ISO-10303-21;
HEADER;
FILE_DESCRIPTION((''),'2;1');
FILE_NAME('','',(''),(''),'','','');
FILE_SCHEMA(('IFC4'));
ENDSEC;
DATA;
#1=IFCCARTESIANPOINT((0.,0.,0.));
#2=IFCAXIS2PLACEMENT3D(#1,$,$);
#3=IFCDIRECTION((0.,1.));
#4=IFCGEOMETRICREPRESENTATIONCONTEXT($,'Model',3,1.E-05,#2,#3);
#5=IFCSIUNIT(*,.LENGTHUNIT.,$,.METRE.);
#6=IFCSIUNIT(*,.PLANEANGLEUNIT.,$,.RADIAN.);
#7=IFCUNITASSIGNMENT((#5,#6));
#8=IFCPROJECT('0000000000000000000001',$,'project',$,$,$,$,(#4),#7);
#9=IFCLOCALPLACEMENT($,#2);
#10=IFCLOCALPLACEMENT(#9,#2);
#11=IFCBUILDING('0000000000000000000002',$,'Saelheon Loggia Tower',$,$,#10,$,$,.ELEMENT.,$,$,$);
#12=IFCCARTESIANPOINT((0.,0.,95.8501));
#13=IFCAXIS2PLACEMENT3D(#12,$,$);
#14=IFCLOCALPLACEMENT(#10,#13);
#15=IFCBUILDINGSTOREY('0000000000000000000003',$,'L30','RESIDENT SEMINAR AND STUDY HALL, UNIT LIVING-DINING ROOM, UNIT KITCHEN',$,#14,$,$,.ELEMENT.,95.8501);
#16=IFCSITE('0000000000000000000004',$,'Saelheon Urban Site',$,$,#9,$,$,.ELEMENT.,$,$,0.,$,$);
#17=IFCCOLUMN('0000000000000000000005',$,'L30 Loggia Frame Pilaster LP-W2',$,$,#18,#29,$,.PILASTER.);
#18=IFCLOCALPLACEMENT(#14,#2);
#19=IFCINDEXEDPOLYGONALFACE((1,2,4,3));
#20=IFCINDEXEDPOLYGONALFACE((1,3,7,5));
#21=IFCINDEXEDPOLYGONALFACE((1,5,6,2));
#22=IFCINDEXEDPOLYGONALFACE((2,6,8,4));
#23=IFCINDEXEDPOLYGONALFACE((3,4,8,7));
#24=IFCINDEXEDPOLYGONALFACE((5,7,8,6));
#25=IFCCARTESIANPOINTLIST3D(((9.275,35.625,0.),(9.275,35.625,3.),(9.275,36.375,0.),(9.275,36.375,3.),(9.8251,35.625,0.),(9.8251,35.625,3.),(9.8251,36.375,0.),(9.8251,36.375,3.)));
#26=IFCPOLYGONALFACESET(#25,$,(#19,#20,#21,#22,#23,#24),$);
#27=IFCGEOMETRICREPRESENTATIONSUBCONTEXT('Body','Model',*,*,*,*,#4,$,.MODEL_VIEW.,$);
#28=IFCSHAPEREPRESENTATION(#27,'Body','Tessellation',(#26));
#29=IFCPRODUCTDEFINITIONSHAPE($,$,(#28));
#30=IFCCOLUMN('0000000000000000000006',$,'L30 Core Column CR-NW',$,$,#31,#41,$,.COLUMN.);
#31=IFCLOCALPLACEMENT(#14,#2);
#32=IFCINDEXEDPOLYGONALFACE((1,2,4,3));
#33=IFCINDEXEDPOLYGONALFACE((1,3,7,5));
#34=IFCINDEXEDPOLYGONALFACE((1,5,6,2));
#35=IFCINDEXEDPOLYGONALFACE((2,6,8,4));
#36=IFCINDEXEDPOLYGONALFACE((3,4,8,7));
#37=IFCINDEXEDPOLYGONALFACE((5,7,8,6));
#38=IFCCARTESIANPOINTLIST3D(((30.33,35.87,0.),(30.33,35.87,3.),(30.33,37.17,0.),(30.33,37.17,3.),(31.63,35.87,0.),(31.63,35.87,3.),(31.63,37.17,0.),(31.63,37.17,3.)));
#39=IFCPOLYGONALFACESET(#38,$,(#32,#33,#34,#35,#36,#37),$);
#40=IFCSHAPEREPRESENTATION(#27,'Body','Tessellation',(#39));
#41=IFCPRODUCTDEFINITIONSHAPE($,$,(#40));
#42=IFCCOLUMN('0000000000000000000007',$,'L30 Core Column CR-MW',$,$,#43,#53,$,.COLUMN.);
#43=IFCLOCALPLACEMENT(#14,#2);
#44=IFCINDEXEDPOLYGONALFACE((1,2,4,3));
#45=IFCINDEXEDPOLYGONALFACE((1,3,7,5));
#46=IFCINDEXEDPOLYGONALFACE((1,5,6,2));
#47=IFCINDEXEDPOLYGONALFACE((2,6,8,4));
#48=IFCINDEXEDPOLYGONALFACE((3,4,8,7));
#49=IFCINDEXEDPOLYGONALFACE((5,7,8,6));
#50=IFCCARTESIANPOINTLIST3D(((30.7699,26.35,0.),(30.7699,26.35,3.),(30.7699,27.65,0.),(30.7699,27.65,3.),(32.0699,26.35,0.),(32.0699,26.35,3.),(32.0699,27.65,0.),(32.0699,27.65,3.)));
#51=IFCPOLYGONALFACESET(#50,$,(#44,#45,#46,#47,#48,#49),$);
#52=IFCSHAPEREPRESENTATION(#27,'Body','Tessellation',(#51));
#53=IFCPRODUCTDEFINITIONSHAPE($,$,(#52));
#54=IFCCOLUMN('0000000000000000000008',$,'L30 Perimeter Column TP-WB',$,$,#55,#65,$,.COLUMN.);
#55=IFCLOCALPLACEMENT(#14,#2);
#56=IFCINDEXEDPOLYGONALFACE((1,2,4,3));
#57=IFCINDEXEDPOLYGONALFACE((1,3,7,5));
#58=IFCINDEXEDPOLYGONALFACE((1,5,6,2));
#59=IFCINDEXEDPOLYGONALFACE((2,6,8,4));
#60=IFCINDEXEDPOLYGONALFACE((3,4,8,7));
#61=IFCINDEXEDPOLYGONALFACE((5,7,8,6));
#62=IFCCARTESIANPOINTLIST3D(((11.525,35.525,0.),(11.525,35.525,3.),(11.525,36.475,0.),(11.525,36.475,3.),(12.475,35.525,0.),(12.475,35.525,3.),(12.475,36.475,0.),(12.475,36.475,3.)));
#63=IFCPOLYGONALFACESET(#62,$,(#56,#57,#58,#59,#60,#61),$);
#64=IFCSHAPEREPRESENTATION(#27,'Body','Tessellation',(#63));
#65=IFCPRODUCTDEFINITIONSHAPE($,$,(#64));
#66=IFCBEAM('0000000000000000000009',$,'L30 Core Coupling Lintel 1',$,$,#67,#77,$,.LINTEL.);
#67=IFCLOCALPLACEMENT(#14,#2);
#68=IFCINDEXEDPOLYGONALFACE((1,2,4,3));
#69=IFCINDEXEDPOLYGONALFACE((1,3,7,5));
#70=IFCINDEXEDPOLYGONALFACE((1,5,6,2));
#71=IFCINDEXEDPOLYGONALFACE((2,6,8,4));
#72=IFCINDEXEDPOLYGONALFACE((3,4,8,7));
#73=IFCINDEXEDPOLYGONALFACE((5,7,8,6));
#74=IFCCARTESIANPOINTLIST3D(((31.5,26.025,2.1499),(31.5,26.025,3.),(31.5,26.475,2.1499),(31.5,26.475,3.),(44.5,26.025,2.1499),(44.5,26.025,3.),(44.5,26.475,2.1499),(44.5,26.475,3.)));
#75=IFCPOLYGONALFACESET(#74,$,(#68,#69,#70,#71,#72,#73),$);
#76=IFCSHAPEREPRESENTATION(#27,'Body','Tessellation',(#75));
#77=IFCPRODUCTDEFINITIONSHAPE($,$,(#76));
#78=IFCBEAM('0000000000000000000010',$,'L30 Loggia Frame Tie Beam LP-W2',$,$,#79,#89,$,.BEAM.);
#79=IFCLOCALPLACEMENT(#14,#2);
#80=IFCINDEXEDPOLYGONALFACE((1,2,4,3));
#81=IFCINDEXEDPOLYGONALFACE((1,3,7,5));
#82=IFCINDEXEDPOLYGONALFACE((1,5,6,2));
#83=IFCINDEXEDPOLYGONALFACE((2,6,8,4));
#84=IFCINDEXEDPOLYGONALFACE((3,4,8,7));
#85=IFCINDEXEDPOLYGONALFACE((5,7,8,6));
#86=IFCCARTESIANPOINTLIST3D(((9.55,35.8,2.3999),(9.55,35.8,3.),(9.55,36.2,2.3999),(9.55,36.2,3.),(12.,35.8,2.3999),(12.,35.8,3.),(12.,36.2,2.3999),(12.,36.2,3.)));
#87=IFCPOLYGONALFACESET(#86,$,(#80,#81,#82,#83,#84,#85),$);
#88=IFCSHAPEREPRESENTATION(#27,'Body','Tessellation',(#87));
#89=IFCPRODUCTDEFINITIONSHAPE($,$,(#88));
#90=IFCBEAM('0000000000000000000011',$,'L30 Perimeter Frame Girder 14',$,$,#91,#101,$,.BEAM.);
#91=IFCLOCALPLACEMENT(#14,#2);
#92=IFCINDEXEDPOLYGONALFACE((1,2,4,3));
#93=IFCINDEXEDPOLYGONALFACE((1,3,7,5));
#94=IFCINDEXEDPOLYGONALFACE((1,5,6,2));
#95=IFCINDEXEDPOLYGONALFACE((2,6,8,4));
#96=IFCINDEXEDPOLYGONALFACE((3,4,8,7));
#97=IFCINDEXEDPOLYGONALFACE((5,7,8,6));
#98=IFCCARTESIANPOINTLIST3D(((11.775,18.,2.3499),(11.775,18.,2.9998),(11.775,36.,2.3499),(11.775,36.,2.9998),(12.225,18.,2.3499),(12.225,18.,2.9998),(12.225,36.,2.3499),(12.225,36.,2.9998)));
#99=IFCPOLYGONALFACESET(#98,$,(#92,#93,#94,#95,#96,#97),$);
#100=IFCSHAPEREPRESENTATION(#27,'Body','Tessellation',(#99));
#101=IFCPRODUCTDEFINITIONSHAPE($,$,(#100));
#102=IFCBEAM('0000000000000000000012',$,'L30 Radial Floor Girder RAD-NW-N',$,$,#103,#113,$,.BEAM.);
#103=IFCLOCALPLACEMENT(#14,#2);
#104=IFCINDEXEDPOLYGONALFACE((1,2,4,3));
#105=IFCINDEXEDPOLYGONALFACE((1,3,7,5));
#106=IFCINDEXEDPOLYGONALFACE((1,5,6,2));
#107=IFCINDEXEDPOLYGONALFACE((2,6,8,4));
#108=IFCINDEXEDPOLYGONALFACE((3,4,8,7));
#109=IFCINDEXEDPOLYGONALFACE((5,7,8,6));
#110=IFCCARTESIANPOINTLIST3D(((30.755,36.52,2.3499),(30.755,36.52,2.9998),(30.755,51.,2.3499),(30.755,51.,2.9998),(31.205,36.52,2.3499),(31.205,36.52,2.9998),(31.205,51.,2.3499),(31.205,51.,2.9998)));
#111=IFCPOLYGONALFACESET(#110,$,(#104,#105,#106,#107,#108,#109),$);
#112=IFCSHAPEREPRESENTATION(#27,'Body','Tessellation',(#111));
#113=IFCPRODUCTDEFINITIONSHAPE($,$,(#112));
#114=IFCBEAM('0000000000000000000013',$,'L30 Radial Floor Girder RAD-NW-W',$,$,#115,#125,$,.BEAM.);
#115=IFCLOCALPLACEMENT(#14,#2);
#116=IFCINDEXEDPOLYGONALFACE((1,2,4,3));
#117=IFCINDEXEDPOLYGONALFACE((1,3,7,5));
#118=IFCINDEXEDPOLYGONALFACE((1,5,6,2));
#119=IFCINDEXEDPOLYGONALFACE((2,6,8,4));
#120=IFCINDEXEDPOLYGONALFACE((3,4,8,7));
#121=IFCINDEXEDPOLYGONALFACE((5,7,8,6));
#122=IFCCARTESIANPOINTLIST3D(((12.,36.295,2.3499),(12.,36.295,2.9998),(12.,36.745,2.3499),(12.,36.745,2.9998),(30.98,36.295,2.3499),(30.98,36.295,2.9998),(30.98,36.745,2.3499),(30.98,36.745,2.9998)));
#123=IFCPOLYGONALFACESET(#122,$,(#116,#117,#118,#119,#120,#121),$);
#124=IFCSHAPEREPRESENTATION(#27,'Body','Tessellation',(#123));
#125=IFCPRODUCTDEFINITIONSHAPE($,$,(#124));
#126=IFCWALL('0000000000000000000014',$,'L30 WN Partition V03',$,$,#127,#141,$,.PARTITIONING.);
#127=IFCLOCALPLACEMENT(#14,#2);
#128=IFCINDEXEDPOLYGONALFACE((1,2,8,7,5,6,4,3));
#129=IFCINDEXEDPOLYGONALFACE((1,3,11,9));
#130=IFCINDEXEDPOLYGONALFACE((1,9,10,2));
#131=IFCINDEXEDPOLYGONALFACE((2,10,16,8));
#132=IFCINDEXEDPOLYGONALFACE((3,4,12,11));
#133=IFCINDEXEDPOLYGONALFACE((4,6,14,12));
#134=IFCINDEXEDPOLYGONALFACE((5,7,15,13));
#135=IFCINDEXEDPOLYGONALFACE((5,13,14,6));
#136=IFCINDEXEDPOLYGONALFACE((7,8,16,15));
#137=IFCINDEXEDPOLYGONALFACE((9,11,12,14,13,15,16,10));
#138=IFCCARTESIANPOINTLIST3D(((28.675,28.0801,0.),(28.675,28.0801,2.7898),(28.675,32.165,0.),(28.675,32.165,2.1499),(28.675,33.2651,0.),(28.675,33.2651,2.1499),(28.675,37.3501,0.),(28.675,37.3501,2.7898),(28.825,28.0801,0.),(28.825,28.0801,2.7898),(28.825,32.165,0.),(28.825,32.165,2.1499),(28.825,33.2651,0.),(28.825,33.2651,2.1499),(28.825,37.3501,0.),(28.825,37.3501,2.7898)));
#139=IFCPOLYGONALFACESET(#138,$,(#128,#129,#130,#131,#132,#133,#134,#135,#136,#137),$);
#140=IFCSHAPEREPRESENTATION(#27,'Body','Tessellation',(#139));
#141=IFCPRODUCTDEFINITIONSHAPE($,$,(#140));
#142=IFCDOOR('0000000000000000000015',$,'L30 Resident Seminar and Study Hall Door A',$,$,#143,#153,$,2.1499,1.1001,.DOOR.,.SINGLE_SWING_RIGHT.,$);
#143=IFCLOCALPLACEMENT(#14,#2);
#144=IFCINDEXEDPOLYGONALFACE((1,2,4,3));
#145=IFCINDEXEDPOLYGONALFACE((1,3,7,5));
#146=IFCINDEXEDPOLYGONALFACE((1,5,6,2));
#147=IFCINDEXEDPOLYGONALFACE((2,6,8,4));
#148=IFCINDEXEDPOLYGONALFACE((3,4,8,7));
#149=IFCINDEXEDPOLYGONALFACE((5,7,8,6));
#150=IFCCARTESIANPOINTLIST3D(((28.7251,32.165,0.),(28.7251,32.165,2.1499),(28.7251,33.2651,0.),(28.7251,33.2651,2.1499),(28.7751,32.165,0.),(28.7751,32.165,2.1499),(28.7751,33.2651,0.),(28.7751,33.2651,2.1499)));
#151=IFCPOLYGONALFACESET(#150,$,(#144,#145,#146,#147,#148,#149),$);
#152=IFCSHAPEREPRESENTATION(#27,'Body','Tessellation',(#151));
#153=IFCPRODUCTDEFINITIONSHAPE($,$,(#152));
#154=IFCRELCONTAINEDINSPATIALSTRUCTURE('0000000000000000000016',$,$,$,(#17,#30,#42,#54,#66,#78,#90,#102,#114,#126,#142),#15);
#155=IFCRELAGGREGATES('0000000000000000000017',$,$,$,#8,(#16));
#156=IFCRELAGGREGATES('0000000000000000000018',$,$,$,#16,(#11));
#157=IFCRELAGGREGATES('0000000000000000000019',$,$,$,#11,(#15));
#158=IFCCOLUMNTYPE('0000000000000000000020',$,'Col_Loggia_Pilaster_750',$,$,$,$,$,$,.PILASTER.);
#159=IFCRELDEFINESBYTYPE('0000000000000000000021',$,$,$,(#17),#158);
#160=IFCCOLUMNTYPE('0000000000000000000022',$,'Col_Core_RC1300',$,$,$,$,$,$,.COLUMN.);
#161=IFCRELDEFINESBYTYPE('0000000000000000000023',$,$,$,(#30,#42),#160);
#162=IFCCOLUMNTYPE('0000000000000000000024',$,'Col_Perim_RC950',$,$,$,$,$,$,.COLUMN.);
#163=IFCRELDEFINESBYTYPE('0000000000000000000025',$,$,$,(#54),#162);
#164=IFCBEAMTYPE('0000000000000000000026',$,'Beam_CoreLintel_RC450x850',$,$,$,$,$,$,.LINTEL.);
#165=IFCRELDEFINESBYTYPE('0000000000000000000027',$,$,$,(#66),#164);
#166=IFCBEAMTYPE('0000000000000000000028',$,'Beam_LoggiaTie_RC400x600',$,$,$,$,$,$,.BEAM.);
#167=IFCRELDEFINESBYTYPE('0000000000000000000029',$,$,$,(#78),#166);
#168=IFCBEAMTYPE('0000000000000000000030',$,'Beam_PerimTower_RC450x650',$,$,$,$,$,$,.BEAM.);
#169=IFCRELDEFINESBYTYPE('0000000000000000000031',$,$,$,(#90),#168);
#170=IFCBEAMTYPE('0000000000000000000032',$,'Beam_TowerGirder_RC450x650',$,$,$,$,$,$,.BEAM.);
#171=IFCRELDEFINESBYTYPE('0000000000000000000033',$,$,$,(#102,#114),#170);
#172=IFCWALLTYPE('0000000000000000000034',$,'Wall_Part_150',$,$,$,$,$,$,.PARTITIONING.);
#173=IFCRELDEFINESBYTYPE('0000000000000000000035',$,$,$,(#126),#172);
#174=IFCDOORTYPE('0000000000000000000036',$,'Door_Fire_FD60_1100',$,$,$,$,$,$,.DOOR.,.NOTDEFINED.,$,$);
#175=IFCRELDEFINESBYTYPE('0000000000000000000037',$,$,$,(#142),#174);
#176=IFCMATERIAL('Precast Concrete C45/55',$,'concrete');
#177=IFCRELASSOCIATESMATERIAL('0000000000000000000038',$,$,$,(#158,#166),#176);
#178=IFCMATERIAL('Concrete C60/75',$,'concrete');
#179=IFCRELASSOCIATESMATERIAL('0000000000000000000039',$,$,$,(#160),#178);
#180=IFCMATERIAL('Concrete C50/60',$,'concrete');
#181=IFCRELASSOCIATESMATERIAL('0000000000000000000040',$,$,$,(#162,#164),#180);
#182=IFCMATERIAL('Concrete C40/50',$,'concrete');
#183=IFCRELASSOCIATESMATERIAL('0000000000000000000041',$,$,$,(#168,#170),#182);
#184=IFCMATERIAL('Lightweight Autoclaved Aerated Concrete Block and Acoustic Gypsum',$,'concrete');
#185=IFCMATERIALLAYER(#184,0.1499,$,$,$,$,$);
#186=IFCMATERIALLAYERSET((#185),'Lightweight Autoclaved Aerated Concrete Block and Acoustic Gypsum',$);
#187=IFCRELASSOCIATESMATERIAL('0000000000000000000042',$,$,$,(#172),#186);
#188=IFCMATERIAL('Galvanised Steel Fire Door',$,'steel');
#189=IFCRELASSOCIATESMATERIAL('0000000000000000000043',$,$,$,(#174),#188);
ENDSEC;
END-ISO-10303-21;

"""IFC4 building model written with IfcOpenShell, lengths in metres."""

from ifc_helpers import new_model, si_unit, direction, frame, frame_2d, origin, origin_2d, place, context, subcontext, project, spatial, rectangle, extrude, source, transform, mapped, material, layer, layer_set, material_profile, profile_set, type_object, element, fill, save


model = new_model("IFC4")

# Units and contexts
model_context = context("Model", 3, precision=1e-05, world=origin(), true_north=direction((0.0, 1.0)))
body_context = subcontext(model_context, "Body", "Model", "MODEL_VIEW")
ifc_project = project(units=[si_unit("LENGTHUNIT", "METRE"), si_unit("PLANEANGLEUNIT", "RADIAN")], contexts=[model_context])

# Site, building, storey
site_placement = place(None, origin())
site = spatial("IfcSite", under=ifc_project, at=site_placement, Name="Saelheon Urban Site", CompositionType="ELEMENT", RefElevation=0.0)
building_placement = place(site_placement, origin())
building = spatial("IfcBuilding", under=site, at=building_placement, Name="Saelheon Loggia Tower", CompositionType="ELEMENT")
storey_placement = place(building_placement, frame((0.0, 0.0, 95.8501)))
storey = spatial("IfcBuildingStorey", under=building, at=storey_placement, Name="L30", Description="RESIDENT SEMINAR AND STUDY HALL, UNIT LIVING-DINING ROOM, UNIT KITCHEN", CompositionType="ELEMENT", Elevation=95.8501)

# Columns
ifc_material_1 = material(Name="Precast Concrete C45/55", Category="concrete")
ifc_material_profile_1 = material_profile(ifc_material_1, rectangle(XDim=0.55, YDim=0.75, at=origin_2d()), Name="RC-550x750")
ifc_profile_set_1 = profile_set([ifc_material_profile_1], Name="Precast Concrete C45/55")
column_type_1 = type_object("IfcColumnType", Name="Col_Loggia_Pilaster_750", PredefinedType="PILASTER", material=ifc_profile_set_1)
shared_shape_1 = source(origin(), body_context, "Body", "SweptSolid", [
    extrude(rectangle(XDim=0.55, YDim=0.75, at=origin_2d()), origin(), (0.0, 0.0, 1.0), 3.0),
])
column_1_placement = place(storey_placement, frame((9.55, 36.0, 0.0), z_axis=(0.0, 0.0, 1.0), x_axis=(1.0, 0.0, 0.0)))
element("IfcColumn", 1, at=column_1_placement, inside=storey, type_object=column_type_1, Name="L30 Loggia Frame Pilaster LP-W2", PredefinedType="PILASTER", context=body_context, shape_type="MappedRepresentation", body=[
    mapped(shared_shape_1, transform((0.0, 0.0, 0.0), scale=1.0)),
])
ifc_material_2 = material(Name="Concrete C60/75", Category="concrete")
ifc_material_profile_2 = material_profile(ifc_material_2, rectangle(XDim=1.3, YDim=1.3, at=origin_2d()), Name="RC-1300x1300")
ifc_profile_set_2 = profile_set([ifc_material_profile_2], Name="Concrete C60/75")
column_type_2 = type_object("IfcColumnType", Name="Col_Core_RC1300", PredefinedType="COLUMN", material=ifc_profile_set_2)
shared_shape_2 = source(origin(), body_context, "Body", "SweptSolid", [
    extrude(rectangle(XDim=1.3, YDim=1.3, at=origin_2d()), origin(), (0.0, 0.0, 1.0), 3.0),
])
for number, where, z_axis, x_axis, name in (
    (2, (30.98, 36.52, 0.0), (0.0, 0.0, 1.0), (1.0, 0.0, 0.0), "L30 Core Column CR-NW"),
    (3, (31.4199, 27.0, 0.0), (0.0, 0.0, 1.0), (1.0, 0.0, 0.0), "L30 Core Column CR-MW"),
):
    element("IfcColumn", number, at=place(storey_placement, frame(where, z_axis=z_axis, x_axis=x_axis)), inside=storey, type_object=column_type_2, Name=name, PredefinedType="COLUMN", context=body_context, shape_type="MappedRepresentation", body=[
        mapped(shared_shape_2, transform((0.0, 0.0, 0.0), scale=1.0)),
    ])
ifc_material_3 = material(Name="Concrete C50/60", Category="concrete")
ifc_material_profile_3 = material_profile(ifc_material_3, rectangle(XDim=0.95, YDim=0.95, at=origin_2d()), Name="RC-950x950")
ifc_profile_set_3 = profile_set([ifc_material_profile_3], Name="Concrete C50/60")
column_type_3 = type_object("IfcColumnType", Name="Col_Perim_RC950", PredefinedType="COLUMN", material=ifc_profile_set_3)
shared_shape_3 = source(origin(), body_context, "Body", "SweptSolid", [
    extrude(rectangle(XDim=0.95, YDim=0.95, at=origin_2d()), origin(), (0.0, 0.0, 1.0), 3.0),
])
column_2_placement = place(storey_placement, frame((12.0, 36.0, 0.0), z_axis=(0.0, 0.0, 1.0), x_axis=(1.0, 0.0, 0.0)))
element("IfcColumn", 4, at=column_2_placement, inside=storey, type_object=column_type_3, Name="L30 Perimeter Column TP-WB", PredefinedType="COLUMN", context=body_context, shape_type="MappedRepresentation", body=[
    mapped(shared_shape_3, transform((0.0, 0.0, 0.0), scale=1.0)),
])

# Beams
ifc_material_profile_4 = material_profile(ifc_material_3, rectangle(XDim=0.45, YDim=0.8501, at=origin_2d()), Name="RC-450x850")
ifc_profile_set_4 = profile_set([ifc_material_profile_4], Name="Concrete C50/60")
beam_type_1 = type_object("IfcBeamType", Name="Beam_CoreLintel_RC450x850", PredefinedType="LINTEL", material=ifc_profile_set_4)
shared_shape_4 = source(origin(), body_context, "Body", "SweptSolid", [
    extrude(rectangle(XDim=0.45, YDim=0.8501, at=origin_2d()), origin(), (0.0, 0.0, 1.0), 13.0),
])
beam_1_placement = place(storey_placement, frame((31.5, 26.25, 2.575), z_axis=(1.0, 0.0, 0.0), x_axis=(0.0, 1.0, 0.0)))
element("IfcBeam", 5, at=beam_1_placement, inside=storey, type_object=beam_type_1, Name="L30 Core Coupling Lintel 1", PredefinedType="LINTEL", context=body_context, shape_type="MappedRepresentation", body=[
    mapped(shared_shape_4, transform((0.0, 0.0, 0.0), scale=1.0)),
])
ifc_material_profile_5 = material_profile(ifc_material_1, rectangle(XDim=0.3999, YDim=0.6001, at=origin_2d()), Name="RC-400x600")
ifc_profile_set_5 = profile_set([ifc_material_profile_5], Name="Precast Concrete C45/55")
beam_type_2 = type_object("IfcBeamType", Name="Beam_LoggiaTie_RC400x600", PredefinedType="BEAM", material=ifc_profile_set_5)
shared_shape_5 = source(origin(), body_context, "Body", "SweptSolid", [
    extrude(rectangle(XDim=0.3999, YDim=0.6001, at=origin_2d()), origin(), (0.0, 0.0, 1.0), 2.45),
])
beam_2_placement = place(storey_placement, frame((12.0, 36.0, 2.7), z_axis=(-1.0, 0.0, 0.0), x_axis=(0.0, -1.0, 0.0)))
element("IfcBeam", 6, at=beam_2_placement, inside=storey, type_object=beam_type_2, Name="L30 Loggia Frame Tie Beam LP-W2", PredefinedType="BEAM", context=body_context, shape_type="MappedRepresentation", body=[
    mapped(shared_shape_5, transform((0.0, 0.0, 0.0), scale=1.0)),
])
ifc_material_4 = material(Name="Concrete C40/50", Category="concrete")
ifc_material_profile_6 = material_profile(ifc_material_4, rectangle(XDim=0.45, YDim=0.6499, at=origin_2d()), Name="RC-450x650")
ifc_profile_set_6 = profile_set([ifc_material_profile_6], Name="Concrete C40/50")
beam_type_3 = type_object("IfcBeamType", Name="Beam_PerimTower_RC450x650", PredefinedType="BEAM", material=ifc_profile_set_6)
shared_shape_6 = source(origin(), body_context, "Body", "SweptSolid", [
    extrude(rectangle(XDim=0.45, YDim=0.6499, at=origin_2d()), origin(), (0.0, 0.0, 1.0), 18.0),
])
beam_3_placement = place(storey_placement, frame((12.0, 36.0, 2.6748), z_axis=(0.0, -1.0, 0.0), x_axis=(1.0, 0.0, 0.0)))
element("IfcBeam", 7, at=beam_3_placement, inside=storey, type_object=beam_type_3, Name="L30 Perimeter Frame Girder 14", PredefinedType="BEAM", context=body_context, shape_type="MappedRepresentation", body=[
    mapped(shared_shape_6, transform((0.0, 0.0, 0.0), scale=1.0)),
])
ifc_material_profile_7 = material_profile(ifc_material_4, rectangle(XDim=0.45, YDim=0.6499, at=origin_2d()), Name="RC-450x650")
ifc_profile_set_7 = profile_set([ifc_material_profile_7], Name="Concrete C40/50")
beam_type_4 = type_object("IfcBeamType", Name="Beam_TowerGirder_RC450x650", PredefinedType="BEAM", material=ifc_profile_set_7)
shared_shape_7 = source(origin(), body_context, "Body", "SweptSolid", [
    extrude(rectangle(XDim=0.45, YDim=0.6499, at=origin_2d()), origin(), (0.0, 0.0, 1.0), 14.48),
])
beam_4_placement = place(storey_placement, frame((30.98, 36.52, 2.6748), z_axis=(0.0, 1.0, 0.0), x_axis=(-1.0, 0.0, 0.0)))
element("IfcBeam", 8, at=beam_4_placement, inside=storey, type_object=beam_type_4, Name="L30 Radial Floor Girder RAD-NW-N", PredefinedType="BEAM", context=body_context, shape_type="MappedRepresentation", body=[
    mapped(shared_shape_7, transform((0.0, 0.0, 0.0), scale=1.0)),
])
shared_shape_8 = source(origin(), body_context, "Body", "SweptSolid", [
    extrude(rectangle(XDim=0.45, YDim=0.6499, at=origin_2d()), origin(), (0.0, 0.0, 1.0), 18.98),
])
beam_5_placement = place(storey_placement, frame((30.98, 36.52, 2.6748), z_axis=(-1.0, 0.0, 0.0), x_axis=(0.0, -1.0, 0.0)))
element("IfcBeam", 9, at=beam_5_placement, inside=storey, type_object=beam_type_4, Name="L30 Radial Floor Girder RAD-NW-W", PredefinedType="BEAM", context=body_context, shape_type="MappedRepresentation", body=[
    mapped(shared_shape_8, transform((0.0, 0.0, 0.0), scale=1.0)),
])

# Wall, opening, door
ifc_material_5 = material(Name="Lightweight Autoclaved Aerated Concrete Block and Acoustic Gypsum", Category="concrete")
ifc_layer_1 = layer(ifc_material_5, 0.1499)
ifc_layer_set_1 = layer_set([ifc_layer_1], Name="Lightweight Autoclaved Aerated Concrete Block and Acoustic Gypsum")
wall_type_1 = type_object("IfcWallType", Name="Wall_Part_150", PredefinedType="PARTITIONING", material=ifc_layer_set_1)
wall_1_placement = place(storey_placement, frame((28.75, 28.0801, 0.0), z_axis=(0.0, 0.0, 1.0), x_axis=(0.0, 1.0, 0.0)))
wall_1 = element("IfcWall", 10, at=wall_1_placement, inside=storey, type_object=wall_type_1, Name="L30 WN Partition V03", PredefinedType="PARTITIONING", context=body_context, shape_type="SweptSolid", body=[
    extrude(rectangle(XDim=9.27, YDim=0.1499, at=frame_2d((4.635, 0.0))), origin(), (0.0, 0.0, 1.0), 2.7898),
])
opening_placement = place(wall_1_placement, frame((4.085, 0.0, 0.0)))
opening = element("IfcOpeningElement", 11, at=opening_placement, cuts=wall_1, PredefinedType="OPENING", context=body_context, shape_type="SweptSolid", body=[
    extrude(rectangle(XDim=1.1001, YDim=2.1499, at=frame_2d((0.55, 1.075))), frame((0.0, 0.0869, 0.0), z_axis=(0.0, -1.0, 0.0), x_axis=(1.0, 0.0, 0.0)), (0.0, 0.0, 1.0), 0.1738),
])
ifc_material_6 = material(Name="Galvanised Steel Fire Door", Category="steel")
door_type = type_object("IfcDoorType", Name="Door_Fire_FD60_1100", OperationType="NOTDEFINED", PredefinedType="DOOR", material=ifc_material_6)
shared_shape_9 = source(origin(), body_context, "Body", "SweptSolid", [
    extrude(rectangle(XDim=1.1001, YDim=2.1499, at=frame_2d((0.55, 1.075))), frame((0.0, 0.0249, 0.0), z_axis=(0.0, -1.0, 0.0), x_axis=(1.0, 0.0, 0.0)), (0.0, 0.0, 1.0), 0.05),
])
door_placement = place(opening_placement, origin())
door = element("IfcDoor", 12, at=door_placement, inside=storey, type_object=door_type, Name="L30 Resident Seminar and Study Hall Door A", OperationType="SINGLE_SWING_RIGHT", OverallHeight=2.1499, OverallWidth=1.1001, PredefinedType="DOOR", context=body_context, shape_type="MappedRepresentation", body=[
    mapped(shared_shape_9, transform((0.0, 0.0, 0.0), scale=1.0)),
])
fill(opening, door)

save(model, "model.ifc")
